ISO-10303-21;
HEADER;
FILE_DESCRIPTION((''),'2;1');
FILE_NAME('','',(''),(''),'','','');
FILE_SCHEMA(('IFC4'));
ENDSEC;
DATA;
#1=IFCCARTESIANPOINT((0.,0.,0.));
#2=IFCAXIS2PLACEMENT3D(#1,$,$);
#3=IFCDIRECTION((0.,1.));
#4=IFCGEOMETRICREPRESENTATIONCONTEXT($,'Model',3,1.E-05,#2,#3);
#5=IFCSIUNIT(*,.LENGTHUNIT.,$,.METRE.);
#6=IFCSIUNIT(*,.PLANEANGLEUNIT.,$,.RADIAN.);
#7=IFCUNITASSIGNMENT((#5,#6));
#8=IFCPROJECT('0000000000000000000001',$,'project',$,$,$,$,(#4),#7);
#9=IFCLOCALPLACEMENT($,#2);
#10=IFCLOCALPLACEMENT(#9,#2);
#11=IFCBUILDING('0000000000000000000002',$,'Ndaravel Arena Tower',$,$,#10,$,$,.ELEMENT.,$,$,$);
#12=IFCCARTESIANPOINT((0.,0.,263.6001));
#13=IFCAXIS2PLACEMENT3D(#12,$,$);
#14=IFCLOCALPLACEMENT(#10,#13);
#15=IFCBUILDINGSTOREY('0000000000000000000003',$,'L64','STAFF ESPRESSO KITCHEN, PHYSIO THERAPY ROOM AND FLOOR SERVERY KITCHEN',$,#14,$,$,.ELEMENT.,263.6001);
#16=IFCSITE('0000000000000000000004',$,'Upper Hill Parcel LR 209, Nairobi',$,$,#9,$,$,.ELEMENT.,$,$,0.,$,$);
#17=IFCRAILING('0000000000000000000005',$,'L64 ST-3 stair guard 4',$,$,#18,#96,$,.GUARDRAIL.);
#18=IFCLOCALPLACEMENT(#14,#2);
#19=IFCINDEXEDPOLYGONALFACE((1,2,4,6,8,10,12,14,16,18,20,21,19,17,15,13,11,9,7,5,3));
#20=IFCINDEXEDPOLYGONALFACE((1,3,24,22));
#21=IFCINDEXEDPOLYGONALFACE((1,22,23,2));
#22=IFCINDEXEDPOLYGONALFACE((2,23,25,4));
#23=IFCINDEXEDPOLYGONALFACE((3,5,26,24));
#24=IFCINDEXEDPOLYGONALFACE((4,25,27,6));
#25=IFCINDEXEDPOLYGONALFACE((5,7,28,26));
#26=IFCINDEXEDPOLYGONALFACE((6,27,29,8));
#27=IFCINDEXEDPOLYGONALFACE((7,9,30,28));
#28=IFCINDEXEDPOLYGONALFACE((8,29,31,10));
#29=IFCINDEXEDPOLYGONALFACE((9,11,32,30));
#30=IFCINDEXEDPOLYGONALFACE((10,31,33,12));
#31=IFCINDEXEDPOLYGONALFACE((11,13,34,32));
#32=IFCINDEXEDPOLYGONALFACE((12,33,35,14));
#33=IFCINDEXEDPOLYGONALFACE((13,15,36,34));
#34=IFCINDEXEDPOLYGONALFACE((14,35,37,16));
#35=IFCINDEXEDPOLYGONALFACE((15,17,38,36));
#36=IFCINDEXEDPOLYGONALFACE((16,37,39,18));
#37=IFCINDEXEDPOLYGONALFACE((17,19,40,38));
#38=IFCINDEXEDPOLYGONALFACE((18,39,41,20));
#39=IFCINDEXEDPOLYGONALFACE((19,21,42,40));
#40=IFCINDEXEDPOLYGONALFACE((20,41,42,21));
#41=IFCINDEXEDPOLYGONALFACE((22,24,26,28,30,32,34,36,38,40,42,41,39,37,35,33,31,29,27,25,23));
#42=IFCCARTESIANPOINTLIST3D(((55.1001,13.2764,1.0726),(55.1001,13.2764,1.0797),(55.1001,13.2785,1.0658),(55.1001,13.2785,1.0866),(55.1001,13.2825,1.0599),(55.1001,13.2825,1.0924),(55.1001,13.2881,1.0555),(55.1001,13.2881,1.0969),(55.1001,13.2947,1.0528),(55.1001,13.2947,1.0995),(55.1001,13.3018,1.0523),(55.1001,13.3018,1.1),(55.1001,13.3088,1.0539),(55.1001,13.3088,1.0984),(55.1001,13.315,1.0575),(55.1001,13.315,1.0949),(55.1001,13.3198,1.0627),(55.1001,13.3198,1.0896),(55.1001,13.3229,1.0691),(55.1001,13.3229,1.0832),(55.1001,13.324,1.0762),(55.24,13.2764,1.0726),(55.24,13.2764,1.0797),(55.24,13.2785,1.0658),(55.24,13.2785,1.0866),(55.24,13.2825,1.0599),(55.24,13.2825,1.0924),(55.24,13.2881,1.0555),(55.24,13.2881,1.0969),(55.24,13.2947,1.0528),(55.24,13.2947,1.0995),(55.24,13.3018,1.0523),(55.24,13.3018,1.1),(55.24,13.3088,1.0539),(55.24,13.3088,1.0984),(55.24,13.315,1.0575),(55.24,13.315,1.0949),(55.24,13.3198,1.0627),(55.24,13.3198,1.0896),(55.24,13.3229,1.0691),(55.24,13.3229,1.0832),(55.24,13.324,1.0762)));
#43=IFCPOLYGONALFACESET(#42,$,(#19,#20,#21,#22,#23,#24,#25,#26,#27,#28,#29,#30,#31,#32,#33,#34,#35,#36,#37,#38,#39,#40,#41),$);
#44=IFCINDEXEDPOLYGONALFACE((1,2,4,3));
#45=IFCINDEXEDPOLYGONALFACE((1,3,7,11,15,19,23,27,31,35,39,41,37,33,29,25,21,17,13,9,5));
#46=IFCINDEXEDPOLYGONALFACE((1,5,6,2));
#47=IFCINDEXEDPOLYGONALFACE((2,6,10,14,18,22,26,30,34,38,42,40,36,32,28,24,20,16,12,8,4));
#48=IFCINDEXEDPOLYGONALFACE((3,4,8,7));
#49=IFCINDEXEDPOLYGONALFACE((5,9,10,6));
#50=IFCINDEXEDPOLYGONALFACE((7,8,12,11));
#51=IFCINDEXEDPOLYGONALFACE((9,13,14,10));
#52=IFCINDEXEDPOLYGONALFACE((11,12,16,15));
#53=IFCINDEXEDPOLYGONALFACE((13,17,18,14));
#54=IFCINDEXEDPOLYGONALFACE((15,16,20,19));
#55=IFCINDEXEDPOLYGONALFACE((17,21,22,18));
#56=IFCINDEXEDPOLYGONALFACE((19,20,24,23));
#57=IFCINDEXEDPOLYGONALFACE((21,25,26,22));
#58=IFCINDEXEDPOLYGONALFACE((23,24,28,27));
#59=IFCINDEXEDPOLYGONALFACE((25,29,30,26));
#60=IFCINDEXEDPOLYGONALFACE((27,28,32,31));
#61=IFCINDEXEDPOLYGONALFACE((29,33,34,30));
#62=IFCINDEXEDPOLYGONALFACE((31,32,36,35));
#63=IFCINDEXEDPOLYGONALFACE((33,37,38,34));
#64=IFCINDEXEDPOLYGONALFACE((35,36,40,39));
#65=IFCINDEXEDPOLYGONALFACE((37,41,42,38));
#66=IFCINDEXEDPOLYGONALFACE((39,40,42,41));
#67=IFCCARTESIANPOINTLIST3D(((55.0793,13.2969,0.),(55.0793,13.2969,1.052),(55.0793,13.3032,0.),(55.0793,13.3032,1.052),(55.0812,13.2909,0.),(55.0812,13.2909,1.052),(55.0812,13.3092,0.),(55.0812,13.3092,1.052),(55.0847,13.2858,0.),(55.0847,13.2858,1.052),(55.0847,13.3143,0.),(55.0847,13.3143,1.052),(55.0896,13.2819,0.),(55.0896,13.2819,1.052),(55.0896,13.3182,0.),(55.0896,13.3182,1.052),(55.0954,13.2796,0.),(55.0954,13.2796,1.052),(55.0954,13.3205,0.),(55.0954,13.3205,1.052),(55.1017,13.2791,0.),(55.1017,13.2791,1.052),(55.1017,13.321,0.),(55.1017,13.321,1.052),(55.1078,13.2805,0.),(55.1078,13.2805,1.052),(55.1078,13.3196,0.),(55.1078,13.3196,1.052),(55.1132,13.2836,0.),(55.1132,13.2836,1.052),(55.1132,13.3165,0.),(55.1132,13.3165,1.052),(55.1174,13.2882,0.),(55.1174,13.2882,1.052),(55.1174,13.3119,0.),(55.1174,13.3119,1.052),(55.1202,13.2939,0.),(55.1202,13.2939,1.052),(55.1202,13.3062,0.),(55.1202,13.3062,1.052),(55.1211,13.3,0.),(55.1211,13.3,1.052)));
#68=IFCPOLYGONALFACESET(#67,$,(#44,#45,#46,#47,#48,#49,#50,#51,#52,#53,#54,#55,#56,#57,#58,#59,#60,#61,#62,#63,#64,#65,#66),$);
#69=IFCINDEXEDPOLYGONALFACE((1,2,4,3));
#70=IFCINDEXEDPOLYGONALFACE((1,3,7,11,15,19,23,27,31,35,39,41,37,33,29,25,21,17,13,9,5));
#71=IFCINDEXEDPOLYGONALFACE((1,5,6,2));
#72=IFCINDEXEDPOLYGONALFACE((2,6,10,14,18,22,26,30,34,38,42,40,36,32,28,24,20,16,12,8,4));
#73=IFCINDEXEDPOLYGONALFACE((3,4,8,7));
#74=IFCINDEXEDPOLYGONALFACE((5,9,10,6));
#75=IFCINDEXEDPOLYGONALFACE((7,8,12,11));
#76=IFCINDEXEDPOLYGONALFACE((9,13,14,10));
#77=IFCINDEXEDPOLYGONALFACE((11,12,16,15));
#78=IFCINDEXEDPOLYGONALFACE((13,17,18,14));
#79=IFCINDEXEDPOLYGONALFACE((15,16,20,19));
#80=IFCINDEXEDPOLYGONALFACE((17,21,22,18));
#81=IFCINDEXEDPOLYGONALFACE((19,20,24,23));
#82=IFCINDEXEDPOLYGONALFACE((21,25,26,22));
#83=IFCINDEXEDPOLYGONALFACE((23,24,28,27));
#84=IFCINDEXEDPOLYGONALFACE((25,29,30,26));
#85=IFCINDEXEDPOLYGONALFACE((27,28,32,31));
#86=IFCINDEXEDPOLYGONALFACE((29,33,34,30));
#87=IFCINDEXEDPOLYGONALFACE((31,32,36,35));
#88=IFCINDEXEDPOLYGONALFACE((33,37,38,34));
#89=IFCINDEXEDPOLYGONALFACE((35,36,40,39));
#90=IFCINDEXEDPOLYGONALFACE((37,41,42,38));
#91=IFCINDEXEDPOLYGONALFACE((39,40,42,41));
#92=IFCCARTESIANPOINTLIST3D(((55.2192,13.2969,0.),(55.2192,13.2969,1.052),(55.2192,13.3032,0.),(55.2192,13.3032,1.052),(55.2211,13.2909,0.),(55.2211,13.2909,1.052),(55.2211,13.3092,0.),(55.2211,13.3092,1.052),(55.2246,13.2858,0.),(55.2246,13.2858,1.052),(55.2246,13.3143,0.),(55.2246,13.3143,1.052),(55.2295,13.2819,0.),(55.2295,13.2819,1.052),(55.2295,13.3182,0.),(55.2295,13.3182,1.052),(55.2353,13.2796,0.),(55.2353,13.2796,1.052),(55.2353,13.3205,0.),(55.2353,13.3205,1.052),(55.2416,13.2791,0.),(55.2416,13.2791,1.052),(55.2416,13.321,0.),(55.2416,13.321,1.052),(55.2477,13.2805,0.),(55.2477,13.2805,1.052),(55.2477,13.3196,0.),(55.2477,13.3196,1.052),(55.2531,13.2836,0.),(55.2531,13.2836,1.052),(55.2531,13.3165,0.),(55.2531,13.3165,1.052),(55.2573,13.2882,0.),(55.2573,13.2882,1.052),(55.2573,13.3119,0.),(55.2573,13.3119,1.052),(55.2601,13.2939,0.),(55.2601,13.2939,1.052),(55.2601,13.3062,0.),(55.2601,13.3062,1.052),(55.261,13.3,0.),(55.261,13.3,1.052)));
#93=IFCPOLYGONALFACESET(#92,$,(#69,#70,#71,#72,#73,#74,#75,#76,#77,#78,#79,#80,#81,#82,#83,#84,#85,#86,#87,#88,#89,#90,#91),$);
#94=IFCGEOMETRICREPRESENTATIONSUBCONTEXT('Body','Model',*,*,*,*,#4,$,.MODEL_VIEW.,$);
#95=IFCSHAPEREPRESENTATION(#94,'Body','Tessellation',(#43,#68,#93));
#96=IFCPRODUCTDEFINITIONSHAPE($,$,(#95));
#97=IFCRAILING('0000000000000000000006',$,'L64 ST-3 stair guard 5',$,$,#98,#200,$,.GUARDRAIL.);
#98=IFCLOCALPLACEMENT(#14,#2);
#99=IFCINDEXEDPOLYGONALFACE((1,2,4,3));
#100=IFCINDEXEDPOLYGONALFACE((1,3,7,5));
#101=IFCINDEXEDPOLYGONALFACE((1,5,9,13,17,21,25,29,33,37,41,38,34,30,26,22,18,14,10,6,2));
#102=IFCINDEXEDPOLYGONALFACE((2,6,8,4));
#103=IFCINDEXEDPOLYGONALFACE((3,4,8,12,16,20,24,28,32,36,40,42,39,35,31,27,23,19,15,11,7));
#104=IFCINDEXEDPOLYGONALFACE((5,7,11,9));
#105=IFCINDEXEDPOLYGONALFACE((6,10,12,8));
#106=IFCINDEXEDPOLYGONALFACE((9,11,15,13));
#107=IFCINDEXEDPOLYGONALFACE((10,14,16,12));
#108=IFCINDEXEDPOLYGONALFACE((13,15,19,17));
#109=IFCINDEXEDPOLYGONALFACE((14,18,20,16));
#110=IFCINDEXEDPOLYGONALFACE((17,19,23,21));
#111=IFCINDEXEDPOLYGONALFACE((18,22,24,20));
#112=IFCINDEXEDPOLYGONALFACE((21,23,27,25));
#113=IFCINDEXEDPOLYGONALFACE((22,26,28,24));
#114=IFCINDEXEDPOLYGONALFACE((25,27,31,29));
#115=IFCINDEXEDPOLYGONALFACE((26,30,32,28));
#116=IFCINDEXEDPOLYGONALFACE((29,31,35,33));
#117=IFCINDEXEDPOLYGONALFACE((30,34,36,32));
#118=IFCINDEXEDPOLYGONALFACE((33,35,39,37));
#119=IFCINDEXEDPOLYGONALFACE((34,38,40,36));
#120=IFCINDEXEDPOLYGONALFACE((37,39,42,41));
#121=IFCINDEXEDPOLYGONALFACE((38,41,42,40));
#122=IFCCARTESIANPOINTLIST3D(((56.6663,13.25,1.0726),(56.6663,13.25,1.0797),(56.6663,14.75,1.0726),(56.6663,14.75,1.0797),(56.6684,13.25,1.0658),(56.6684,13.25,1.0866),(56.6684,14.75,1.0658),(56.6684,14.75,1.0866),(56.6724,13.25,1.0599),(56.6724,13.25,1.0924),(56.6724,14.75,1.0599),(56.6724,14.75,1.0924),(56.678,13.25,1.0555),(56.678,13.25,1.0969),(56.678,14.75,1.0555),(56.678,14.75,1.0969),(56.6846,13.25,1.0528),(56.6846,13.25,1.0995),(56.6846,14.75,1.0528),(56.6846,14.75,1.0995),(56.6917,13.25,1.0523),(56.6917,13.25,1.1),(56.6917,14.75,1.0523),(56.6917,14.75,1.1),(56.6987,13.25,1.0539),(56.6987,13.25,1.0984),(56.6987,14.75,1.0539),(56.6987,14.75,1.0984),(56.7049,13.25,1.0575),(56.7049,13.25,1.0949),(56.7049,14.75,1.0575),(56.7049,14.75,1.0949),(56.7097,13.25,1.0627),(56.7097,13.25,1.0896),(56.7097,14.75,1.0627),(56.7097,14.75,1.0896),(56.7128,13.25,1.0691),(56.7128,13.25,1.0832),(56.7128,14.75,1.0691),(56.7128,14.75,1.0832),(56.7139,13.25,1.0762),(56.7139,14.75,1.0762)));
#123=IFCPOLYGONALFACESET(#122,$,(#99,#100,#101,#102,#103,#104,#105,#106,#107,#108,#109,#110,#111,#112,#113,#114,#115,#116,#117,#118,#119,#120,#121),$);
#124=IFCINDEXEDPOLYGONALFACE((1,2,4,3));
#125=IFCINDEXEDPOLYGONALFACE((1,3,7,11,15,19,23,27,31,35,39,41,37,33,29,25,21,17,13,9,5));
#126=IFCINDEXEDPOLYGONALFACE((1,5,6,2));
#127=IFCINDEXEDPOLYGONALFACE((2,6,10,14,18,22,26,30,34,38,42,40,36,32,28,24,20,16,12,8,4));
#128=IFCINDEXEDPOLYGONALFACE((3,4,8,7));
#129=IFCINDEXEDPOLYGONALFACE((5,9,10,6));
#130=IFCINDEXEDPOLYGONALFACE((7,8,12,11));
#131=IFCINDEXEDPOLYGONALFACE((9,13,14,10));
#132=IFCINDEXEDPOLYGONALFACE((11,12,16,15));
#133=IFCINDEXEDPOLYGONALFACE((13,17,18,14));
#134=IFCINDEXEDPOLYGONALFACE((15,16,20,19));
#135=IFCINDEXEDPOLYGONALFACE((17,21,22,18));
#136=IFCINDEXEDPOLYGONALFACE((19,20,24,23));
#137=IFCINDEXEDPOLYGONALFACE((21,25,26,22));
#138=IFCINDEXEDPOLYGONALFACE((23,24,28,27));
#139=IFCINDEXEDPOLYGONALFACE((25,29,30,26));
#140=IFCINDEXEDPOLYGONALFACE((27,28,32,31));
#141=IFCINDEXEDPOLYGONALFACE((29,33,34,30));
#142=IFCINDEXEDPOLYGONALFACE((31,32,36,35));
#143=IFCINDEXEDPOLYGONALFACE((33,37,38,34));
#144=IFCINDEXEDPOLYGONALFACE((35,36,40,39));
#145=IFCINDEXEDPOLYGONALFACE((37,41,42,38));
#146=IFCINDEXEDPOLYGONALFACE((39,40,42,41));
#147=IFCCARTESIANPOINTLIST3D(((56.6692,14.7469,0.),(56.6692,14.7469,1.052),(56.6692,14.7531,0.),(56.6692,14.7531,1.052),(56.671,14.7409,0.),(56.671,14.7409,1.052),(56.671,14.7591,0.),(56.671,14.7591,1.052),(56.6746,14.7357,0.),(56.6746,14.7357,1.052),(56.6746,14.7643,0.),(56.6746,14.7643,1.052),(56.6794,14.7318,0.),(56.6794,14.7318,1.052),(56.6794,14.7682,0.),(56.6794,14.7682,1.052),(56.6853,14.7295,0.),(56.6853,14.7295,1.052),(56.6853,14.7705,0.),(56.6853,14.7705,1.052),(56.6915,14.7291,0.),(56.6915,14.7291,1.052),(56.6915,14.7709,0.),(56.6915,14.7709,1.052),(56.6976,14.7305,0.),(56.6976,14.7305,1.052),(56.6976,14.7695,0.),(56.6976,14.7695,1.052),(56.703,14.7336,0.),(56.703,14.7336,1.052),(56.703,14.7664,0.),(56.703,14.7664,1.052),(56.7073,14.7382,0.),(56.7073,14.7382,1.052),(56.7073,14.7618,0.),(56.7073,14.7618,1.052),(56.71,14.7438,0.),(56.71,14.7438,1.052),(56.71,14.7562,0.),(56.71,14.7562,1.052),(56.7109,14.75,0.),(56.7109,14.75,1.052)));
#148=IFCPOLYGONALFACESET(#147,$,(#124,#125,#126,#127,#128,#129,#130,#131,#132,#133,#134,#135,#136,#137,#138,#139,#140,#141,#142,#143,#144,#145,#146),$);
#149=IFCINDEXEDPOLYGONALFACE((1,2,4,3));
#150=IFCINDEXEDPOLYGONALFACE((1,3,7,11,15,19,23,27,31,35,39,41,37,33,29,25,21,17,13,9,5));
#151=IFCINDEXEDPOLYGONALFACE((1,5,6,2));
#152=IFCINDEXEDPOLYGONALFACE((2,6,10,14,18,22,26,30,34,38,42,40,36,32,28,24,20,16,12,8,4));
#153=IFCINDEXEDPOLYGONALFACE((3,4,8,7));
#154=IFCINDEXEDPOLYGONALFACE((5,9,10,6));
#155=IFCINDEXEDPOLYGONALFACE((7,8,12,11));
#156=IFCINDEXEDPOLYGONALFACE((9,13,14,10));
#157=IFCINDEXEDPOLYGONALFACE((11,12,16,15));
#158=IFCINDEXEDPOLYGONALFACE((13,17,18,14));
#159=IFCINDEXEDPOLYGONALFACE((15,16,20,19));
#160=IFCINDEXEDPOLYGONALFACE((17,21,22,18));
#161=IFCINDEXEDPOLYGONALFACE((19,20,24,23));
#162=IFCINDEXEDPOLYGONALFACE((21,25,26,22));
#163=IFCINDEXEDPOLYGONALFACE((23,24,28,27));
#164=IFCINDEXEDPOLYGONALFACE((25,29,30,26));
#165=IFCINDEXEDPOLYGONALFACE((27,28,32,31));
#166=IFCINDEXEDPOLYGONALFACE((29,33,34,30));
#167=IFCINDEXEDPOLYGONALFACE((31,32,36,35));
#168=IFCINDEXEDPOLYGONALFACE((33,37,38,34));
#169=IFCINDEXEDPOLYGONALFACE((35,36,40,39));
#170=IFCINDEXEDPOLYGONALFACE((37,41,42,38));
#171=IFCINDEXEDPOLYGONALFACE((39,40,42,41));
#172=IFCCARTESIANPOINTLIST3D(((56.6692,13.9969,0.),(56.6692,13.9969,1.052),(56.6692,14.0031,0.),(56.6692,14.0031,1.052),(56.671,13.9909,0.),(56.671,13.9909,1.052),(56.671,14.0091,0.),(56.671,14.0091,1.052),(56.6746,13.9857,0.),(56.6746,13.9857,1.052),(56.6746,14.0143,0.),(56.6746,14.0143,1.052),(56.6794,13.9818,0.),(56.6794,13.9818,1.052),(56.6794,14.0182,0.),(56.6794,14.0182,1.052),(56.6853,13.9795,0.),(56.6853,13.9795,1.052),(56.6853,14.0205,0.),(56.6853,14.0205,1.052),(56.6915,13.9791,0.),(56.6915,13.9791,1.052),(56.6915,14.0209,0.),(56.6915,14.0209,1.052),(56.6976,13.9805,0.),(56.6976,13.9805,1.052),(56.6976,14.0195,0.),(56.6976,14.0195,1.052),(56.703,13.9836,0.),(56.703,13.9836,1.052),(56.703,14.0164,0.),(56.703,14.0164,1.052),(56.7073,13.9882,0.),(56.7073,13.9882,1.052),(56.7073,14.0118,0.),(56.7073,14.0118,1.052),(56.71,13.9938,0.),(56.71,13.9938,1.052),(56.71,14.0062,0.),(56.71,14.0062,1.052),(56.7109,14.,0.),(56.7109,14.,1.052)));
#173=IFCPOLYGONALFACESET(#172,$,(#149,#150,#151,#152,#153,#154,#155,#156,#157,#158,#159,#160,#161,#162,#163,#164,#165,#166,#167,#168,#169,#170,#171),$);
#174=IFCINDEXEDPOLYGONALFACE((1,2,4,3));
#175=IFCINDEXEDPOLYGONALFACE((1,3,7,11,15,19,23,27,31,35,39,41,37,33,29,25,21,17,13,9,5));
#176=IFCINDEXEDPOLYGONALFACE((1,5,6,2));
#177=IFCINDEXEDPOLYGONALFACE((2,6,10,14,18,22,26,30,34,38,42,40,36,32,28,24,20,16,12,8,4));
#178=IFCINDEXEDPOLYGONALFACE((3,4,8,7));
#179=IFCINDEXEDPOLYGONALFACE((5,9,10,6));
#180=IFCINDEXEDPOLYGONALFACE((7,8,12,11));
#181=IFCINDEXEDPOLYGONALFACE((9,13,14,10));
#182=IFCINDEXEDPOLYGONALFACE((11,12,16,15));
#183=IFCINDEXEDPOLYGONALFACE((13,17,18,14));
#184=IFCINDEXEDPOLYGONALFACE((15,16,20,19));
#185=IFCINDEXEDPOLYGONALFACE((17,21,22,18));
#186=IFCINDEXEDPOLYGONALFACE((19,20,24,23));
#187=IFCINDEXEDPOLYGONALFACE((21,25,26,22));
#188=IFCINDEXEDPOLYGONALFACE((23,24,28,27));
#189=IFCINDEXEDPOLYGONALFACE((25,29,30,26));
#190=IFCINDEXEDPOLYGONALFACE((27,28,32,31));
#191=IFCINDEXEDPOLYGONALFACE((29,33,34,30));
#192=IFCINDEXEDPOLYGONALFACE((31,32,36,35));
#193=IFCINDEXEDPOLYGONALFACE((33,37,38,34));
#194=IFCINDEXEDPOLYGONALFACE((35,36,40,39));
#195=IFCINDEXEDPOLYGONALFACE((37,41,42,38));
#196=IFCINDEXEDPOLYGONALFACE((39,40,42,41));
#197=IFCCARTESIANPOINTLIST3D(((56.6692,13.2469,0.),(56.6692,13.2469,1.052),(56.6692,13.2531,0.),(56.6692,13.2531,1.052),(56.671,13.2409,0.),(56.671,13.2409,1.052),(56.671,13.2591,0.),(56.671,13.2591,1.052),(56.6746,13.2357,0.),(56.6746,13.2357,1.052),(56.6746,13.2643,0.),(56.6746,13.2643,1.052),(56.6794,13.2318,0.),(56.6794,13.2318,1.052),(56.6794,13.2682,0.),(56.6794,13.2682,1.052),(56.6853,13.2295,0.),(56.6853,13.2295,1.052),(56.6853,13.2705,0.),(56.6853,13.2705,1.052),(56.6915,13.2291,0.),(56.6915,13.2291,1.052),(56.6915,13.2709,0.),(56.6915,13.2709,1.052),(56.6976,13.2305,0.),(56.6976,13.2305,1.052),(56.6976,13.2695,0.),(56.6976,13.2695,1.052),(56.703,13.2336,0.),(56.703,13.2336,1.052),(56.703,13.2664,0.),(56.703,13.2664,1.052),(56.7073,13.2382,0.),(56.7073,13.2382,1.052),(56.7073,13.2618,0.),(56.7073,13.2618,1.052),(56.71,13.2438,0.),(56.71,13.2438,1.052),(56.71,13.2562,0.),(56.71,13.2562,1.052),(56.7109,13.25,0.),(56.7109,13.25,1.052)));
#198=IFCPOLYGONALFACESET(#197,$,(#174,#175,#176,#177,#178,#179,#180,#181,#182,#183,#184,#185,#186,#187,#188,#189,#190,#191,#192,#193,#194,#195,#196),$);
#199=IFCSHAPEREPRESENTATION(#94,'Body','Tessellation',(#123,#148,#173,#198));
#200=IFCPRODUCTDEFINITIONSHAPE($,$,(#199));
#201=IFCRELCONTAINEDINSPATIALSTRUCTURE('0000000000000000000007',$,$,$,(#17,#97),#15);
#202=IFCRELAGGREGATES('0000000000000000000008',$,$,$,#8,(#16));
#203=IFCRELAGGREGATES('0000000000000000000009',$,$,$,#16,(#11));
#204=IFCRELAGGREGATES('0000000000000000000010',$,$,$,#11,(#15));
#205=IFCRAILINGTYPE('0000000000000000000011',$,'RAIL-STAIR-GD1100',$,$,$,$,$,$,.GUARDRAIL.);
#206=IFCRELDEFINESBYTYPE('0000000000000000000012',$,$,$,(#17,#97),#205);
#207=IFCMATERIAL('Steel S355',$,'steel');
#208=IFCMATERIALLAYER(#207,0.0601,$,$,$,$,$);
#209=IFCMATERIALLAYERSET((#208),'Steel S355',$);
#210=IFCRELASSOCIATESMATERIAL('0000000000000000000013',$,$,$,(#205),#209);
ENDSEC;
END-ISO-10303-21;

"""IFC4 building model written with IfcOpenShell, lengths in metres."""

from ifc_helpers import new_model, si_unit, direction, frame, origin, origin_2d, place, context, subcontext, project, spatial, circle, extrude, material, layer, layer_set, type_object, element, save


model = new_model("IFC4")

# Units and contexts
model_context = context("Model", 3, precision=1e-05, world=origin(), true_north=direction((0.0, 1.0)))
body_context = subcontext(model_context, "Body", "Model", "MODEL_VIEW")
ifc_project = project(units=[si_unit("LENGTHUNIT", "METRE"), si_unit("PLANEANGLEUNIT", "RADIAN")], contexts=[model_context])

# Site, building, storey
site_placement = place(None, origin())
site = spatial("IfcSite", under=ifc_project, at=site_placement, Name="Upper Hill Parcel LR 209, Nairobi", CompositionType="ELEMENT", RefElevation=0.0)
building_placement = place(site_placement, origin())
building = spatial("IfcBuilding", under=site, at=building_placement, Name="Ndaravel Arena Tower", CompositionType="ELEMENT")
storey_placement = place(building_placement, frame((0.0, 0.0, 263.6001)))
storey = spatial("IfcBuildingStorey", under=building, at=storey_placement, Name="L64", Description="STAFF ESPRESSO KITCHEN, PHYSIO THERAPY ROOM AND FLOOR SERVERY KITCHEN", CompositionType="ELEMENT", Elevation=263.6001)

# Railings
ifc_material_1 = material(Name="Steel S355", Category="steel")
ifc_layer_1 = layer(ifc_material_1, 0.0601)
ifc_layer_set_1 = layer_set([ifc_layer_1], Name="Steel S355")
railing_type_1 = type_object("IfcRailingType", Name="RAIL-STAIR-GD1100", PredefinedType="GUARDRAIL", material=ifc_layer_set_1)
railing_1_placement = place(storey_placement, frame((55.1001, 13.3, 0.0)))
element("IfcRailing", 1, at=railing_1_placement, inside=storey, type_object=railing_type_1, Name="L64 ST-3 stair guard 4", PredefinedType="GUARDRAIL", context=body_context, shape_type="SweptSolid", body=[
    extrude(circle(Radius=0.0239, at=origin_2d()), frame((0.0, 0.0, 1.0762), z_axis=(1.0, 0.0, 0.0), x_axis=(0.0, 1.0, 0.0)), (0.0, 0.0, 1.0), 0.1399),
    extrude(circle(Radius=0.021, at=origin_2d()), origin(), (0.0, 0.0, 1.0), 1.052),
    extrude(circle(Radius=0.021, at=origin_2d()), frame((0.1399, 0.0, 0.0)), (0.0, 0.0, 1.0), 1.052),
])
railing_2_placement = place(storey_placement, frame((56.6899, 14.75, 0.0)))
element("IfcRailing", 2, at=railing_2_placement, inside=storey, type_object=railing_type_1, Name="L64 ST-3 stair guard 5", PredefinedType="GUARDRAIL", context=body_context, shape_type="SweptSolid", body=[
    extrude(circle(Radius=0.0239, at=origin_2d()), frame((0.0, 0.0, 1.0762), z_axis=(0.0, -1.0, 0.0), x_axis=(1.0, 0.0, 0.0)), (0.0, 0.0, 1.0), 1.5),
    extrude(circle(Radius=0.021, at=origin_2d()), origin(), (0.0, 0.0, 1.0), 1.052),
    extrude(circle(Radius=0.021, at=origin_2d()), frame((0.0, -0.75, 0.0)), (0.0, 0.0, 1.0), 1.052),
    extrude(circle(Radius=0.021, at=origin_2d()), frame((0.0, -1.5, 0.0)), (0.0, 0.0, 1.0), 1.052),
])

save(model, "model.ifc")
